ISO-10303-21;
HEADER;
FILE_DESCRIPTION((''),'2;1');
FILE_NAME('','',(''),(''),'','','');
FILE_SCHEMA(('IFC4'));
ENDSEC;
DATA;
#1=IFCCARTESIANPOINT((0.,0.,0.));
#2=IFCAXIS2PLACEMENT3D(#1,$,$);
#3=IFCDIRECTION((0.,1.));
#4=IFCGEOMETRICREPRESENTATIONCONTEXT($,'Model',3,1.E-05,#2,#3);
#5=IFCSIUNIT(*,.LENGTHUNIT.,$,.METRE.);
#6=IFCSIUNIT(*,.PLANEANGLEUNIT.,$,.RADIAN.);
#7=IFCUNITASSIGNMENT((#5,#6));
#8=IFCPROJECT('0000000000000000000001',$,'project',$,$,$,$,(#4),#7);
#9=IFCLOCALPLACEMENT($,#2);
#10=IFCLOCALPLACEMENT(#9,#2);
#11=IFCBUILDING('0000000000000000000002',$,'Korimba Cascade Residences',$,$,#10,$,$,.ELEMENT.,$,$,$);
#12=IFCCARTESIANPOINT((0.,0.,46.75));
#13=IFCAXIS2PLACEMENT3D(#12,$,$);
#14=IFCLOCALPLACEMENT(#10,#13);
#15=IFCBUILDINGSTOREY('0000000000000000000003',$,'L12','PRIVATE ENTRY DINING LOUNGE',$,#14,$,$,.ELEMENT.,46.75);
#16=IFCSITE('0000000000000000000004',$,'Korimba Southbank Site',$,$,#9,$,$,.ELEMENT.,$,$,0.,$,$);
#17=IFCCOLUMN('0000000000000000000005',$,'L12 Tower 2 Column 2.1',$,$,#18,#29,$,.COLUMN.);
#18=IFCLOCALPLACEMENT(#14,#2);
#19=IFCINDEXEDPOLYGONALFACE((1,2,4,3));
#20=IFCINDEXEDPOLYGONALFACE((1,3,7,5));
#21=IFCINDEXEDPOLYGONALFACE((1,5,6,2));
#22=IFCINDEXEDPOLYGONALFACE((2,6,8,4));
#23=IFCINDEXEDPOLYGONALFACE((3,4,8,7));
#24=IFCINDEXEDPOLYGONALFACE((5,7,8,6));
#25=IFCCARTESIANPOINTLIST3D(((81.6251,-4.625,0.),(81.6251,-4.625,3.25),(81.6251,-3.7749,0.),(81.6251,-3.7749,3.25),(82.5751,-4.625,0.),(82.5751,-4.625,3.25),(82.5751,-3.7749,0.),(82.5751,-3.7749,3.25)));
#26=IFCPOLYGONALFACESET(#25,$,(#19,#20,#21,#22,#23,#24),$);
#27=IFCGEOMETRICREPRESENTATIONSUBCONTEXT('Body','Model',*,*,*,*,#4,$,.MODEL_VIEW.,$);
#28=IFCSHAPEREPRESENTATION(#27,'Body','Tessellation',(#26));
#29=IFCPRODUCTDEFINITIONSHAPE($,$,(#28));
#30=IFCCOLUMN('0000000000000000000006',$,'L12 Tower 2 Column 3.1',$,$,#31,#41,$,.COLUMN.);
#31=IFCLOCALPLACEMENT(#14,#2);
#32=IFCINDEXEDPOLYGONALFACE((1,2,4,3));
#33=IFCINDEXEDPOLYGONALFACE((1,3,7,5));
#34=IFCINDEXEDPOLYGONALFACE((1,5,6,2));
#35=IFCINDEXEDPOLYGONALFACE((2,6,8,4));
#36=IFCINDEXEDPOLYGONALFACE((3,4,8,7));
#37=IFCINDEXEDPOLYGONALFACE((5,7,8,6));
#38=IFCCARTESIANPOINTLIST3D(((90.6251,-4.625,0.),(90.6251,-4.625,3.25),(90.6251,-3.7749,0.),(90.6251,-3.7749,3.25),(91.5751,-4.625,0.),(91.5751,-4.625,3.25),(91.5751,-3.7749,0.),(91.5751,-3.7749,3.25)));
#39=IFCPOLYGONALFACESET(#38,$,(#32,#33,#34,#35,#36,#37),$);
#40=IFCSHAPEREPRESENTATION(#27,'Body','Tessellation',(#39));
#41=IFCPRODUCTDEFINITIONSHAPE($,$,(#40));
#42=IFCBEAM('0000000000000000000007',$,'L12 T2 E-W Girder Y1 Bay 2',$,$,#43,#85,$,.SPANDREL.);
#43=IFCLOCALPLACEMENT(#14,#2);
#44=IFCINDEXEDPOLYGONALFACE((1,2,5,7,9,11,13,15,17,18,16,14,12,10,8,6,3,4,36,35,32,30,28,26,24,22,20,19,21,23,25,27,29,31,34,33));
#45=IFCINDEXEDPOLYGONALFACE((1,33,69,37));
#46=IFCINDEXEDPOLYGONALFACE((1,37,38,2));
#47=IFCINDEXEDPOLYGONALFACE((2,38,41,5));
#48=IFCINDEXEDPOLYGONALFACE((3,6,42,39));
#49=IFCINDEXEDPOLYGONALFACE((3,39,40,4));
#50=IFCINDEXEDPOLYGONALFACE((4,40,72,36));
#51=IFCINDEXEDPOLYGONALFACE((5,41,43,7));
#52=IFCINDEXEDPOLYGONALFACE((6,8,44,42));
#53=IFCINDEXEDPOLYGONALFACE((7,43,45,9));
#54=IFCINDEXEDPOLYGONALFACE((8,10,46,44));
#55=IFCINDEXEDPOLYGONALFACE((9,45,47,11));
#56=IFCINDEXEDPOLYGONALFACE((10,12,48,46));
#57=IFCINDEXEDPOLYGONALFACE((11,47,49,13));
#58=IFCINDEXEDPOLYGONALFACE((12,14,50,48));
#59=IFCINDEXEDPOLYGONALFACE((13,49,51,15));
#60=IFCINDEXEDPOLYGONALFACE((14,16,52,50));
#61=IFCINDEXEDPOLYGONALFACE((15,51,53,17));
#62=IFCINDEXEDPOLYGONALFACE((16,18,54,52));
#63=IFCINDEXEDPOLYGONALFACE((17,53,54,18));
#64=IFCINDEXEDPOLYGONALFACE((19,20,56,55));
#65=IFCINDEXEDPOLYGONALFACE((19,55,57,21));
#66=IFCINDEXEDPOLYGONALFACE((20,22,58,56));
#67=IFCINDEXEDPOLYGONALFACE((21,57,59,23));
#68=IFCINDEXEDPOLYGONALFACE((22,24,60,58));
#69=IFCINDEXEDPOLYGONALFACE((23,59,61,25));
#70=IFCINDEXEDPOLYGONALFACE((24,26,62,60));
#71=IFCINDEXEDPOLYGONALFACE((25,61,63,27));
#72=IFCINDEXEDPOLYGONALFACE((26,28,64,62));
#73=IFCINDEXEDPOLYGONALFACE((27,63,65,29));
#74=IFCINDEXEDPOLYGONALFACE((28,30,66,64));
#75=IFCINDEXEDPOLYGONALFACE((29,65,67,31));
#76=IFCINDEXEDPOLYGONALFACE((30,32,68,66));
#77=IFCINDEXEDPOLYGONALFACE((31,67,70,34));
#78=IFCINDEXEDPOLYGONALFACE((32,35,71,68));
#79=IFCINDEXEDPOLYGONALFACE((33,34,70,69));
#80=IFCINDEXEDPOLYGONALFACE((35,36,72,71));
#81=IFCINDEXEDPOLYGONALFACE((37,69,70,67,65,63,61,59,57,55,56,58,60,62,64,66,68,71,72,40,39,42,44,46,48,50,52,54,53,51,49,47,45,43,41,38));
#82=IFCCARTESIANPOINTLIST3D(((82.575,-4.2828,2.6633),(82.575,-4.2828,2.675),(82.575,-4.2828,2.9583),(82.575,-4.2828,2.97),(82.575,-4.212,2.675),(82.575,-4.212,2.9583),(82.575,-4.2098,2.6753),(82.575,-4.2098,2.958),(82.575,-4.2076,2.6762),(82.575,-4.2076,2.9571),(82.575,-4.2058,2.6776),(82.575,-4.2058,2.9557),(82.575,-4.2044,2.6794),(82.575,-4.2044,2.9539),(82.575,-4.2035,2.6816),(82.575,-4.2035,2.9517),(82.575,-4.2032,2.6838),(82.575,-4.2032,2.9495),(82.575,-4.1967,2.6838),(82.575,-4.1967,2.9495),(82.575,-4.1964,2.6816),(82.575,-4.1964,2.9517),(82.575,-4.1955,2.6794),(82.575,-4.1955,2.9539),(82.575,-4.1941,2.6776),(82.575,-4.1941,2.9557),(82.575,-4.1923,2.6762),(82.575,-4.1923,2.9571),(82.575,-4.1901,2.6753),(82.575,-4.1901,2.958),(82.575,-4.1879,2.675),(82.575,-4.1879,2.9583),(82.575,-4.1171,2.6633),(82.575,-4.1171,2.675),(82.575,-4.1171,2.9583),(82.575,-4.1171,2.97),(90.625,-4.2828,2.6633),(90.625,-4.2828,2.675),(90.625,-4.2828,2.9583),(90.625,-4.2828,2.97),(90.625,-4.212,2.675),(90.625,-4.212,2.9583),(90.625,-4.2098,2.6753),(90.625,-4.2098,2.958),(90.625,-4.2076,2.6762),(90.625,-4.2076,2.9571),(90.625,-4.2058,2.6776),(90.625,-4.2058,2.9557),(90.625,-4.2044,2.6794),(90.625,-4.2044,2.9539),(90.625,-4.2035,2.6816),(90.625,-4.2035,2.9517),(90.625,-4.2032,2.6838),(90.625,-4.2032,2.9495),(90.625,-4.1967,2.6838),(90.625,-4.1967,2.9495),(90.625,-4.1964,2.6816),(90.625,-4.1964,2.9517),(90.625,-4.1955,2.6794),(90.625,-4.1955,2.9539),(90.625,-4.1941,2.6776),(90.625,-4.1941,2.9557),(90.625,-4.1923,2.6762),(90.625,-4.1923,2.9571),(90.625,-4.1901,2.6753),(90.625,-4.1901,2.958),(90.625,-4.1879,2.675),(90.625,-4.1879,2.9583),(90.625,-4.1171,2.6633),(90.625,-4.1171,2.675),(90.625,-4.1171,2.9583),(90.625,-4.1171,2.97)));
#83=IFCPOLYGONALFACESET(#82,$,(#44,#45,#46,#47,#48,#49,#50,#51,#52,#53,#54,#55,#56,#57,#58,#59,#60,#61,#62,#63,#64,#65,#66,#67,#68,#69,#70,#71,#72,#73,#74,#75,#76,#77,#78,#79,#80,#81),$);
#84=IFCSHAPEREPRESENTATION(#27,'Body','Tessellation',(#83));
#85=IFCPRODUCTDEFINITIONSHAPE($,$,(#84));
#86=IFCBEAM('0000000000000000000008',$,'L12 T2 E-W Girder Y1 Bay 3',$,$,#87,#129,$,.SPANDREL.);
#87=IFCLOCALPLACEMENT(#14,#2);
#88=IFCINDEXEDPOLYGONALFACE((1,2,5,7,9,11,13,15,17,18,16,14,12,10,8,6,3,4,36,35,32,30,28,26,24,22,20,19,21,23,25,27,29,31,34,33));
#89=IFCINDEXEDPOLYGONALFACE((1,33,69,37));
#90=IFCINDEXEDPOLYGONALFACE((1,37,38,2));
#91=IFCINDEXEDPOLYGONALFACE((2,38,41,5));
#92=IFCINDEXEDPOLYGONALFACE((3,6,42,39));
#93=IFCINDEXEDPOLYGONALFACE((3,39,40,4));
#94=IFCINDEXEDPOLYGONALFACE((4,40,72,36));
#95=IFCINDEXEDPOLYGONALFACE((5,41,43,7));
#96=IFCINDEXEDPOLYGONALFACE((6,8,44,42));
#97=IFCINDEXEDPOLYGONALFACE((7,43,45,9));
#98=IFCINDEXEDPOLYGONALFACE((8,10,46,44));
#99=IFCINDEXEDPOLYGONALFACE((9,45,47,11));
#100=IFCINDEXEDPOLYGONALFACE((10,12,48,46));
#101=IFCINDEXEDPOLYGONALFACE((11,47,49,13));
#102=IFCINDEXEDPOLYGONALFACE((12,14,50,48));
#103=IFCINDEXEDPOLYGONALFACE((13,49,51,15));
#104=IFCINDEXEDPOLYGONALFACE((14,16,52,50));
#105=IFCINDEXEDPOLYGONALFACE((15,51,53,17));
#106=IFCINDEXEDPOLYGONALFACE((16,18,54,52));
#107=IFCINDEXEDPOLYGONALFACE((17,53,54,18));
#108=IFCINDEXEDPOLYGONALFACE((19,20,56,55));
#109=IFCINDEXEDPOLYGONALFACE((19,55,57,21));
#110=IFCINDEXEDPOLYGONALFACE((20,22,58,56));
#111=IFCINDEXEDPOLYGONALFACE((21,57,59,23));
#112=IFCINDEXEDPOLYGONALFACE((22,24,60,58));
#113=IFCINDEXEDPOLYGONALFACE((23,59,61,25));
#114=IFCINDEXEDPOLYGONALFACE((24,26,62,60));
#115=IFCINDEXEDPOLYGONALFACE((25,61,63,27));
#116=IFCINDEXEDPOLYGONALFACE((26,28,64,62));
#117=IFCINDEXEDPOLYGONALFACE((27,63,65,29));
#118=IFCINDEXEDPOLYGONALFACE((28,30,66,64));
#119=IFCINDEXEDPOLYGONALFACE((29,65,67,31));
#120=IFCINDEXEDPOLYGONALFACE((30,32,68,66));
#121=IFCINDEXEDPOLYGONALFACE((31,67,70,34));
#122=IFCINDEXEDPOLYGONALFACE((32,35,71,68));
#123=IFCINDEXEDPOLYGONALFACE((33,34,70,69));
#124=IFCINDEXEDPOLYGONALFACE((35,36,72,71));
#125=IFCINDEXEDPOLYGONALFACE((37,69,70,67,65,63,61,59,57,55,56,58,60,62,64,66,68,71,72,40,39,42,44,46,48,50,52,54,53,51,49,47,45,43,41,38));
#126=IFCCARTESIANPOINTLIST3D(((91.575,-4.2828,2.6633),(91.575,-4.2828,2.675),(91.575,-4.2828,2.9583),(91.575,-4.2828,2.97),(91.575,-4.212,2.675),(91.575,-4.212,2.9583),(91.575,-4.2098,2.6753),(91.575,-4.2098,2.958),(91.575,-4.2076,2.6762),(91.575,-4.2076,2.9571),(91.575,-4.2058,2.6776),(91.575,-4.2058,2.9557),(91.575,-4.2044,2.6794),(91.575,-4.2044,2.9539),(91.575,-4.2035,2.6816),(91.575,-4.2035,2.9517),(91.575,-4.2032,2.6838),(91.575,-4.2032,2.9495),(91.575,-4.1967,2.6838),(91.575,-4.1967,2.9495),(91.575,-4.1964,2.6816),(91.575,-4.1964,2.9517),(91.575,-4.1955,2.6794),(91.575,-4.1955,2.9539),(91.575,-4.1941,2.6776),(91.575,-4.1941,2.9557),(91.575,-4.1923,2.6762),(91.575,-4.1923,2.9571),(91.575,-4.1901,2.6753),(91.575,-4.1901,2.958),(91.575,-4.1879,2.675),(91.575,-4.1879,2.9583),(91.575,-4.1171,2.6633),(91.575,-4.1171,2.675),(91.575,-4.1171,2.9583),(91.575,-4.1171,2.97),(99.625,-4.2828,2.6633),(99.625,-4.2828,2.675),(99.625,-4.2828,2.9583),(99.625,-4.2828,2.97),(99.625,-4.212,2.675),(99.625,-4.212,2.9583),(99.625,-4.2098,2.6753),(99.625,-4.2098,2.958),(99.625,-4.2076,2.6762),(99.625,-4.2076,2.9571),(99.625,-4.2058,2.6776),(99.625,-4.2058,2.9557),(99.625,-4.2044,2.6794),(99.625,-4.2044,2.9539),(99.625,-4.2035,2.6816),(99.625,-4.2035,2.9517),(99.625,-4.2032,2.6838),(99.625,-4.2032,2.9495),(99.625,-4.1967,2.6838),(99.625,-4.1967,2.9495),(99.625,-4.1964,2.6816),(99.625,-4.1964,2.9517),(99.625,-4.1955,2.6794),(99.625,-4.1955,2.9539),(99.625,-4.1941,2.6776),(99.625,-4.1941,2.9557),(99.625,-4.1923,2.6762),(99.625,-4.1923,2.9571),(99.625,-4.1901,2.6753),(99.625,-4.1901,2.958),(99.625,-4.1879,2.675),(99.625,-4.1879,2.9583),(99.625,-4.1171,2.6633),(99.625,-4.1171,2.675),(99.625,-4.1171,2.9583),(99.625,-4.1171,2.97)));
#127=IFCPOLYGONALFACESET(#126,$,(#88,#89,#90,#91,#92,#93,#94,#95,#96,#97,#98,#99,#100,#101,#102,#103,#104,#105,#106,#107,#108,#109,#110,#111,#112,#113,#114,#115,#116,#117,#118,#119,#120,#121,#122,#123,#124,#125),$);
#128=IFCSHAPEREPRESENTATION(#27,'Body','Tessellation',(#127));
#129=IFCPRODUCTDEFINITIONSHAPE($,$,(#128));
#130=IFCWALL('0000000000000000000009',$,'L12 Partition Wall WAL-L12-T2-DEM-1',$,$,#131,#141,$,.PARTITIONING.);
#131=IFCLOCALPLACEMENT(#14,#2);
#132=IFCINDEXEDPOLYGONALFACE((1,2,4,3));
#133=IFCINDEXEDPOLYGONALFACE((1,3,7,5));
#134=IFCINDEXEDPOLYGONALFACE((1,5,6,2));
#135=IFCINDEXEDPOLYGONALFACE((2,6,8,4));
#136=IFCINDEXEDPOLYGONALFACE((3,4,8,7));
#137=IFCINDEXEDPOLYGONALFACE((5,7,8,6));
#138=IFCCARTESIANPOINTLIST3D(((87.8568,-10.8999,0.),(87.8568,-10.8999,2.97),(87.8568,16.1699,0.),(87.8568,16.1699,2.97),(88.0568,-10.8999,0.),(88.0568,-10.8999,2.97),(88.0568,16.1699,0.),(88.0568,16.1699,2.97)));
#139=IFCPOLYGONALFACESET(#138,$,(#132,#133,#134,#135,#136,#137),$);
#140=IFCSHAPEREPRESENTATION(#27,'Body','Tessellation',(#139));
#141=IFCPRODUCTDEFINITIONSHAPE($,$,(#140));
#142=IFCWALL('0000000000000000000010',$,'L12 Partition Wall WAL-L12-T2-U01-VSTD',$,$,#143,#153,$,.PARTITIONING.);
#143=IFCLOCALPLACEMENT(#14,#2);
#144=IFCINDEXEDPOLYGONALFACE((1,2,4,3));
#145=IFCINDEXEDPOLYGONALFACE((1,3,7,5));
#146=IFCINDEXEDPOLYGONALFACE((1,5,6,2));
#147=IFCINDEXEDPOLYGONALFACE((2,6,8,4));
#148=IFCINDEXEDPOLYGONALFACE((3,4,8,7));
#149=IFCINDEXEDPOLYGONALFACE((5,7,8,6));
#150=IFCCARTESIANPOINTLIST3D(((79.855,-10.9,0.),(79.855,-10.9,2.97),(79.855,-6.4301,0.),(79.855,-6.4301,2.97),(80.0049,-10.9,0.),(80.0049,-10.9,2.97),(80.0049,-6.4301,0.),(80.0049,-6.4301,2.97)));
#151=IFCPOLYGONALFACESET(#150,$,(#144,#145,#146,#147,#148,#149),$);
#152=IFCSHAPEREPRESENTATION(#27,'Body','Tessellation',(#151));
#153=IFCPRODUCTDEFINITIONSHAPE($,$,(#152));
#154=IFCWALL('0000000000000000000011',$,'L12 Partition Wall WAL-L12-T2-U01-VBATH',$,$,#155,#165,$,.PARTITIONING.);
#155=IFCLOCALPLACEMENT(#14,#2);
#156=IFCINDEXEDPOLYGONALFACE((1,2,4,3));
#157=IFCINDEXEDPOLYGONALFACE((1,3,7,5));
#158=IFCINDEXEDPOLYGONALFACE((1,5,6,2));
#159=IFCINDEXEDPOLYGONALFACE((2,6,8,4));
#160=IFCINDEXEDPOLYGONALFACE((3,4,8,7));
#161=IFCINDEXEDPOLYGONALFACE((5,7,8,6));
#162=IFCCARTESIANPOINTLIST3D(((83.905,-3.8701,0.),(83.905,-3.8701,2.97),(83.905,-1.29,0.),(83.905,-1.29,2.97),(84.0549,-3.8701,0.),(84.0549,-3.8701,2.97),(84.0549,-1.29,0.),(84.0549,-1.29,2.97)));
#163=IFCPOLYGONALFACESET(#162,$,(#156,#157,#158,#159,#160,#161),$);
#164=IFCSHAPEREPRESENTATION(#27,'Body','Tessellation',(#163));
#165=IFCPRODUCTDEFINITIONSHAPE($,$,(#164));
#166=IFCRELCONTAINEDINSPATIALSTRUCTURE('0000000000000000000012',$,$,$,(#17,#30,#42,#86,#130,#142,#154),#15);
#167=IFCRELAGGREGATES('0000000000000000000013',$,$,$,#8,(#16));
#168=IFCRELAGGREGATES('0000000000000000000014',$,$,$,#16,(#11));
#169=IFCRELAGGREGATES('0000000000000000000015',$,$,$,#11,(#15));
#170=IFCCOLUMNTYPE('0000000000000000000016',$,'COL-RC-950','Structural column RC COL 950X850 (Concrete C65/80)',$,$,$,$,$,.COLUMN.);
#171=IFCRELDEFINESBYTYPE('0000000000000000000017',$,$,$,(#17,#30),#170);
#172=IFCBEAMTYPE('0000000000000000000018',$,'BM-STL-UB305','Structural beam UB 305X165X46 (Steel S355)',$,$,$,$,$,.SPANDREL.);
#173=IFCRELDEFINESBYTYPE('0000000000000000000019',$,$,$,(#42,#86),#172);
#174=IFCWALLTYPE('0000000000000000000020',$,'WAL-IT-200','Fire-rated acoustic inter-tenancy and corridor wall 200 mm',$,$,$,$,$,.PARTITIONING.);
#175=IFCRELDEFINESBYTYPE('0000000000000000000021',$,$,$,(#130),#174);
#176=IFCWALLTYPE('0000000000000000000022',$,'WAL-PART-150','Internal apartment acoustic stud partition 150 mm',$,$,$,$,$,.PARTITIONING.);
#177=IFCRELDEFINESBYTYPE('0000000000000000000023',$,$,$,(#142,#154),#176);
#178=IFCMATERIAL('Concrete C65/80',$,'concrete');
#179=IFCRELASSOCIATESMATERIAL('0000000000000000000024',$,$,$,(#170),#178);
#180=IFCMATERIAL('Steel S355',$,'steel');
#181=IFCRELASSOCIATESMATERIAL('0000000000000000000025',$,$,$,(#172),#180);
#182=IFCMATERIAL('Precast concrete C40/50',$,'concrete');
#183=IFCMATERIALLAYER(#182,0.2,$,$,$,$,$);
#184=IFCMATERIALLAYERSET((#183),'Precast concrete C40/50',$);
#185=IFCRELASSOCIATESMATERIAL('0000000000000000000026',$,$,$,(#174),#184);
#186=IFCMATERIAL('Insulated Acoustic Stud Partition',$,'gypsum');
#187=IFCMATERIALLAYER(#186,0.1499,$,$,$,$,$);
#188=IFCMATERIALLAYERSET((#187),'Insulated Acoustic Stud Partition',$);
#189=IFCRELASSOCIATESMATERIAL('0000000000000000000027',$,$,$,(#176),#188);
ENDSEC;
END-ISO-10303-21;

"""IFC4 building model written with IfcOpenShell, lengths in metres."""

from ifc_helpers import new_model, si_unit, direction, frame, frame_2d, origin, origin_2d, place, context, subcontext, project, spatial, rectangle, i_section, extrude, material, layer, layer_set, material_profile, profile_set, type_object, element, save


model = new_model("IFC4")

# Units and contexts
model_context = context("Model", 3, precision=1e-05, world=origin(), true_north=direction((0.0, 1.0)))
body_context = subcontext(model_context, "Body", "Model", "MODEL_VIEW")
ifc_project = project(units=[si_unit("LENGTHUNIT", "METRE"), si_unit("PLANEANGLEUNIT", "RADIAN")], contexts=[model_context])

# Site, building, storey
site_placement = place(None, origin())
site = spatial("IfcSite", under=ifc_project, at=site_placement, Name="Korimba Southbank Site", CompositionType="ELEMENT", RefElevation=0.0)
building_placement = place(site_placement, origin())
building = spatial("IfcBuilding", under=site, at=building_placement, Name="Korimba Cascade Residences", CompositionType="ELEMENT")
storey_placement = place(building_placement, frame((0.0, 0.0, 46.75)))
storey = spatial("IfcBuildingStorey", under=building, at=storey_placement, Name="L12", Description="PRIVATE ENTRY DINING LOUNGE", CompositionType="ELEMENT", Elevation=46.75)

# Columns
ifc_material_1 = material(Name="Concrete C65/80", Category="concrete")
ifc_material_profile_1 = material_profile(ifc_material_1, rectangle(XDim=0.95, YDim=0.8501, at=origin_2d()), Name="Concrete C65/80")
ifc_profile_set_1 = profile_set([ifc_material_profile_1], Name="Concrete C65/80")
column_type = type_object("IfcColumnType", Name="COL-RC-950", Description="Structural column RC COL 950X850 (Concrete C65/80)", PredefinedType="COLUMN", material=ifc_profile_set_1)
for number, where, z_axis, x_axis, name in (
    (1, (82.1001, -4.2, 0.0), (0.0, 0.0, 1.0), (1.0, 0.0, 0.0), "L12 Tower 2 Column 2.1"),
    (2, (91.1001, -4.2, 0.0), (0.0, 0.0, 1.0), (1.0, 0.0, 0.0), "L12 Tower 2 Column 3.1"),
):
    element("IfcColumn", number, at=place(storey_placement, frame(where, z_axis=z_axis, x_axis=x_axis)), inside=storey, type_object=column_type, Name=name, PredefinedType="COLUMN", context=body_context, shape_type="SweptSolid", body=[
        extrude(rectangle(XDim=0.95, YDim=0.8501, at=origin_2d()), origin(), (0.0, 0.0, 1.0), 3.25),
    ])

# Beams
ifc_material_2 = material(Name="Steel S355", Category="steel")
ifc_material_profile_2 = material_profile(ifc_material_2, i_section(OverallWidth=0.1658, OverallDepth=0.3066, WebThickness=0.0066, FlangeThickness=0.0117, FilletRadius=0.0088, at=origin_2d()), Name="Steel S355")
ifc_profile_set_2 = profile_set([ifc_material_profile_2], Name="Steel S355")
beam_type = type_object("IfcBeamType", Name="BM-STL-UB305", Description="Structural beam UB 305X165X46 (Steel S355)", PredefinedType="SPANDREL", material=ifc_profile_set_2)
for number, where, z_axis, x_axis, name in (
    (3, (82.575, -4.2, 2.8167), (1.0, 0.0, 0.0), (0.0, 1.0, 0.0), "L12 T2 E-W Girder Y1 Bay 2"),
    (4, (91.575, -4.2, 2.8167), (1.0, 0.0, 0.0), (0.0, 1.0, 0.0), "L12 T2 E-W Girder Y1 Bay 3"),
):
    element("IfcBeam", number, at=place(storey_placement, frame(where, z_axis=z_axis, x_axis=x_axis)), inside=storey, type_object=beam_type, Name=name, PredefinedType="SPANDREL", context=body_context, shape_type="SweptSolid", body=[
        extrude(i_section(OverallWidth=0.1658, OverallDepth=0.3066, WebThickness=0.0066, FlangeThickness=0.0117, FilletRadius=0.0088, at=origin_2d()), origin(), (0.0, 0.0, 1.0), 8.05),
    ])

# Walls
ifc_material_3 = material(Name="Precast concrete C40/50", Category="concrete")
ifc_layer_1 = layer(ifc_material_3, 0.2)
ifc_layer_set_1 = layer_set([ifc_layer_1], Name="Precast concrete C40/50")
wall_type_1 = type_object("IfcWallType", Name="WAL-IT-200", Description="Fire-rated acoustic inter-tenancy and corridor wall 200 mm", PredefinedType="PARTITIONING", material=ifc_layer_set_1)
wall_1_placement = place(storey_placement, frame((87.9568, -10.8999, 0.0), z_axis=(0.0, 0.0, 1.0), x_axis=(0.0, 1.0, 0.0)))
element("IfcWall", 5, at=wall_1_placement, inside=storey, type_object=wall_type_1, Name="L12 Partition Wall WAL-L12-T2-DEM-1", PredefinedType="PARTITIONING", context=body_context, shape_type="SweptSolid", body=[
    extrude(rectangle(XDim=27.0698, YDim=0.2, at=frame_2d((13.5349, 0.0))), origin(), (0.0, 0.0, 1.0), 2.97),
])
ifc_material_4 = material(Name="Insulated Acoustic Stud Partition", Category="gypsum")
ifc_layer_2 = layer(ifc_material_4, 0.1499)
ifc_layer_set_2 = layer_set([ifc_layer_2], Name="Insulated Acoustic Stud Partition")
wall_type_2 = type_object("IfcWallType", Name="WAL-PART-150", Description="Internal apartment acoustic stud partition 150 mm", PredefinedType="PARTITIONING", material=ifc_layer_set_2)
wall_2_placement = place(storey_placement, frame((79.9299, -10.8999, 0.0), z_axis=(0.0, 0.0, 1.0), x_axis=(0.0, 1.0, 0.0)))
element("IfcWall", 6, at=wall_2_placement, inside=storey, type_object=wall_type_2, Name="L12 Partition Wall WAL-L12-T2-U01-VSTD", PredefinedType="PARTITIONING", context=body_context, shape_type="SweptSolid", body=[
    extrude(rectangle(XDim=4.47, YDim=0.1499, at=frame_2d((2.2349, 0.0))), origin(), (0.0, 0.0, 1.0), 2.97),
])
wall_3_placement = place(storey_placement, frame((83.98, -3.8701, 0.0), z_axis=(0.0, 0.0, 1.0), x_axis=(0.0, 1.0, 0.0)))
element("IfcWall", 7, at=wall_3_placement, inside=storey, type_object=wall_type_2, Name="L12 Partition Wall WAL-L12-T2-U01-VBATH", PredefinedType="PARTITIONING", context=body_context, shape_type="SweptSolid", body=[
    extrude(rectangle(XDim=2.5801, YDim=0.1499, at=frame_2d((1.29, 0.0))), origin(), (0.0, 0.0, 1.0), 2.97),
])

save(model, "model.ifc")
